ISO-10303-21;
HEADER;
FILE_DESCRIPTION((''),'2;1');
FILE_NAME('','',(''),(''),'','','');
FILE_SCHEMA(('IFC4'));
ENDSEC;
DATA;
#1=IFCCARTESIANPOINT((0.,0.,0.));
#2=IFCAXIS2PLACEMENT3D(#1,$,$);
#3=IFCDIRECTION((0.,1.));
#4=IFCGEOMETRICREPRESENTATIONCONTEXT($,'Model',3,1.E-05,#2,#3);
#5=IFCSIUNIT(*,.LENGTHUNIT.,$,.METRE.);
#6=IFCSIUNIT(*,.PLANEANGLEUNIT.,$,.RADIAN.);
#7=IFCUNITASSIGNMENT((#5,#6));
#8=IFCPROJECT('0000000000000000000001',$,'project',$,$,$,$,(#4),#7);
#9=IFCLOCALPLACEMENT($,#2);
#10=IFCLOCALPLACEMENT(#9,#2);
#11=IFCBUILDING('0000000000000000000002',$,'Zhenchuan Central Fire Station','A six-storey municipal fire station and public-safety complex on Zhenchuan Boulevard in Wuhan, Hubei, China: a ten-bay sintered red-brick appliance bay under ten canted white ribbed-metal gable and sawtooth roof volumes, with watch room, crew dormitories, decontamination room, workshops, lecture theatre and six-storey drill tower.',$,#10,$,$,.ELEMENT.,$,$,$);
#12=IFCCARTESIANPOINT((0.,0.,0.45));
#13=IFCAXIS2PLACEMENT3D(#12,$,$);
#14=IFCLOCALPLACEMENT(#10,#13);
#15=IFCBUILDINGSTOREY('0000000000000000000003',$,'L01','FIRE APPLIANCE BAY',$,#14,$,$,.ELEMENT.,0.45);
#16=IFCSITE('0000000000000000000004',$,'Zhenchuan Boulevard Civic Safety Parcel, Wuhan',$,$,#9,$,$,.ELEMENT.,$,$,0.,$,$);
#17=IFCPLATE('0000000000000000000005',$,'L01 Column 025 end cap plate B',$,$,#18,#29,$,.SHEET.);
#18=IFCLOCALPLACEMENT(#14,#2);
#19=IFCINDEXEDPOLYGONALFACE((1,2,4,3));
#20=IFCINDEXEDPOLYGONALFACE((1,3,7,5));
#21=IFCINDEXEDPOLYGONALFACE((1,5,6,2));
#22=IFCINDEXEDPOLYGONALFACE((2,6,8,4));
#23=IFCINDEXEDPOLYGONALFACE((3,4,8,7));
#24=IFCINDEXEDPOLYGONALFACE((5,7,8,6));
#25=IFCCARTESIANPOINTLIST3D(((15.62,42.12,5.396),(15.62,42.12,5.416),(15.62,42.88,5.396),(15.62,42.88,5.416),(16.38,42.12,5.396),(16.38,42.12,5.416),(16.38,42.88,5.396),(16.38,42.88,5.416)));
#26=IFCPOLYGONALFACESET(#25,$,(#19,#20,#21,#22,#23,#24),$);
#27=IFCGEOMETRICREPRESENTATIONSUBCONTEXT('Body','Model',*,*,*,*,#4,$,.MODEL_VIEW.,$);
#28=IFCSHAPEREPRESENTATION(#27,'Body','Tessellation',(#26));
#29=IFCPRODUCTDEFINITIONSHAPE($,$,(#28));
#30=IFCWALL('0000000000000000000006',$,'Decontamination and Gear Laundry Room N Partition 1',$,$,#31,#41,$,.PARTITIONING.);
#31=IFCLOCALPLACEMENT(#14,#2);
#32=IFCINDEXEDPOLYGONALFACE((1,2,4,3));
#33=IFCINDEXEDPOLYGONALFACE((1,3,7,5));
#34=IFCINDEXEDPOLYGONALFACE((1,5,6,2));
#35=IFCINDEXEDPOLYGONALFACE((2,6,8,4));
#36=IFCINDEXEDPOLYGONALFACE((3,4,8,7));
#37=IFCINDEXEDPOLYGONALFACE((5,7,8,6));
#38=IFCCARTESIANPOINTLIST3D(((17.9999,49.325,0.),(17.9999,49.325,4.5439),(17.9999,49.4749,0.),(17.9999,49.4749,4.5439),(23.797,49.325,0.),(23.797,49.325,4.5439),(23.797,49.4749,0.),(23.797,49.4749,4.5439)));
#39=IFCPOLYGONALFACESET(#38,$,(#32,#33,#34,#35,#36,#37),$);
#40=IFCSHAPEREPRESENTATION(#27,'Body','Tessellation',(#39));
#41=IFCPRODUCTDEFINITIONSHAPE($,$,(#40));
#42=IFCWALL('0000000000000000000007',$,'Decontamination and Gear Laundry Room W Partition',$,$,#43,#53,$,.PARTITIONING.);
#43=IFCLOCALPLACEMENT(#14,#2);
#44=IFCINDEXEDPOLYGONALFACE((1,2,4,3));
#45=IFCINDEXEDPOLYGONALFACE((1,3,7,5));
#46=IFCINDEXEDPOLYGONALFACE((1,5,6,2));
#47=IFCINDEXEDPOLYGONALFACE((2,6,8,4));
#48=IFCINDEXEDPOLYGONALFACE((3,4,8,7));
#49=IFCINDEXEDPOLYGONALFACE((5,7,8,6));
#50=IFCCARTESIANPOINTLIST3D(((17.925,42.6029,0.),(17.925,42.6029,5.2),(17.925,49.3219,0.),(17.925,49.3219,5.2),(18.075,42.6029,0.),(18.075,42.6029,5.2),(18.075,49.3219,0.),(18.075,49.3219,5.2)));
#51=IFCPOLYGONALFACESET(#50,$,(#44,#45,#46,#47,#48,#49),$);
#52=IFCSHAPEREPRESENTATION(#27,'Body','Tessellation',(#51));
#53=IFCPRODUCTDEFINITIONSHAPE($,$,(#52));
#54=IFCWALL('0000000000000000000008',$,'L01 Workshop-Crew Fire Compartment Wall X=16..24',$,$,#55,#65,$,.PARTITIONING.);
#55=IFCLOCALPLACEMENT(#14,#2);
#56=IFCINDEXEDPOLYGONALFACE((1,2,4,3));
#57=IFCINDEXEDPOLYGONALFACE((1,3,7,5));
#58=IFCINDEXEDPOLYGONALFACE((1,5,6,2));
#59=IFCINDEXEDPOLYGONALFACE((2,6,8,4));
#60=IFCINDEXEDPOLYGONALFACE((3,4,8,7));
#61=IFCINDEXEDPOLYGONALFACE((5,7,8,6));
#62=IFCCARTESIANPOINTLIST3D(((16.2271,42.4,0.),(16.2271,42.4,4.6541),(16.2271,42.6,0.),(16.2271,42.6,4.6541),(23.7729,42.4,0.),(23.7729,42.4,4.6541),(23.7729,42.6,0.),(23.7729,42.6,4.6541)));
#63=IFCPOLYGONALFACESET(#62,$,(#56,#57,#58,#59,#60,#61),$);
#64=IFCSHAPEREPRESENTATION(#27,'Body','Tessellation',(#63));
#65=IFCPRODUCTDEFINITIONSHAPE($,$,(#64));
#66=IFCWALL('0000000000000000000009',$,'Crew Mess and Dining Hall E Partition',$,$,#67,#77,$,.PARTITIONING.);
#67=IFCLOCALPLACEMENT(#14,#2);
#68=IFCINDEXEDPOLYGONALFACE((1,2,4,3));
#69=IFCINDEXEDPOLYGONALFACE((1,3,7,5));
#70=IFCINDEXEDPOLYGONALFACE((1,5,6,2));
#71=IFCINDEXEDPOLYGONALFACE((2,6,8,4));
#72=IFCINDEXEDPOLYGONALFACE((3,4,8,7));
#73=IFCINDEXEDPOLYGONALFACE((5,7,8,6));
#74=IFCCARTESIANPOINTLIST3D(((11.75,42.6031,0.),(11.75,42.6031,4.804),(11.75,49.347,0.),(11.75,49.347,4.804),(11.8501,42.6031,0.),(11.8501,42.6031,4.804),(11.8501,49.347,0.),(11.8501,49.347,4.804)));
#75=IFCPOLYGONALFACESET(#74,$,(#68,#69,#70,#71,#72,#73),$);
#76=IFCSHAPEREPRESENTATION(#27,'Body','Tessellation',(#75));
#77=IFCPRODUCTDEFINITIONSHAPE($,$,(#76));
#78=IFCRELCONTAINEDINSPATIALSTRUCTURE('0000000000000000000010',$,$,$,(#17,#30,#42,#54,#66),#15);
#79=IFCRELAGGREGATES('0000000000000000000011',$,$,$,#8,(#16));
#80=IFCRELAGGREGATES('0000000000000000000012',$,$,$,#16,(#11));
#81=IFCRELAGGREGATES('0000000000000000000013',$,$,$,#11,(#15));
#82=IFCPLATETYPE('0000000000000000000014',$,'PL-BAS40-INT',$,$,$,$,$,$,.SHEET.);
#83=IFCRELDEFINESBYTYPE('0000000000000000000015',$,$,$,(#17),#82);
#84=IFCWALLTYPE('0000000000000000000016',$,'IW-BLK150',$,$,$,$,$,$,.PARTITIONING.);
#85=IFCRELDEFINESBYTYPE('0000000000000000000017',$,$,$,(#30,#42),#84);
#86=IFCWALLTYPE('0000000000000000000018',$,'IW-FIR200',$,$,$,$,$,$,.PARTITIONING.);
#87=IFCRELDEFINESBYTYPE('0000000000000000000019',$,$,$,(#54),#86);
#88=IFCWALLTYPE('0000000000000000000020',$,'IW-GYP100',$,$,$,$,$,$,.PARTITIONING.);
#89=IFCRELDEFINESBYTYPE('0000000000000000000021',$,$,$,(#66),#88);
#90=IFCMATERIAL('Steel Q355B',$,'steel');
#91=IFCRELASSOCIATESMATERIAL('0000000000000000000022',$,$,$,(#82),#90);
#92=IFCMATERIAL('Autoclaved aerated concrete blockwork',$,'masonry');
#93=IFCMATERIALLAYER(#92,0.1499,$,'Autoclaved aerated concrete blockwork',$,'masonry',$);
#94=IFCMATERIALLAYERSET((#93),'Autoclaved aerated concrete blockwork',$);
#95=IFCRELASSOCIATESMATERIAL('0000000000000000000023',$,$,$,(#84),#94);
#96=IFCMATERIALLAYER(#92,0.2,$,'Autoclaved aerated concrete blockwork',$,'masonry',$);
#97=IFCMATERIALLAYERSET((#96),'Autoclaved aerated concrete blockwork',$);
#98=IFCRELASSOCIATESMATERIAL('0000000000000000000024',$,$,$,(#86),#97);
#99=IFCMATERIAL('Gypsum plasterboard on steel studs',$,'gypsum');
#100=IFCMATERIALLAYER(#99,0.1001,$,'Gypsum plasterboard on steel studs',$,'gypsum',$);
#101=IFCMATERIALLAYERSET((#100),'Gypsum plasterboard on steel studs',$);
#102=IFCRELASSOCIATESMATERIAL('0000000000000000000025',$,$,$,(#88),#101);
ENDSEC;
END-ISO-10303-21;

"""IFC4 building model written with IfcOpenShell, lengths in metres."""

from ifc_helpers import new_model, si_unit, direction, frame, frame_2d, origin, origin_2d, place, context, subcontext, project, spatial, rectangle, extrude, material, layer, layer_set, material_profile, profile_set, type_object, element, save


model = new_model("IFC4")

# Units and contexts
model_context = context("Model", 3, precision=1e-05, world=origin(), true_north=direction((0.0, 1.0)))
body_context = subcontext(model_context, "Body", "Model", "MODEL_VIEW")
ifc_project = project(units=[si_unit("LENGTHUNIT", "METRE"), si_unit("PLANEANGLEUNIT", "RADIAN")], contexts=[model_context])

# Site, building, storey
site_placement = place(None, origin())
site = spatial("IfcSite", under=ifc_project, at=site_placement, Name="Zhenchuan Boulevard Civic Safety Parcel, Wuhan", CompositionType="ELEMENT", RefElevation=0.0)
building_placement = place(site_placement, origin())
building = spatial("IfcBuilding", under=site, at=building_placement, Name="Zhenchuan Central Fire Station", Description="A six-storey municipal fire station and public-safety complex on Zhenchuan Boulevard in Wuhan, Hubei, China: a ten-bay sintered red-brick appliance bay under ten canted white ribbed-metal gable and sawtooth roof volumes, with watch room, crew dormitories, decontamination room, workshops, lecture theatre and six-storey drill tower.", CompositionType="ELEMENT")
storey_placement = place(building_placement, frame((0.0, 0.0, 0.45)))
storey = spatial("IfcBuildingStorey", under=building, at=storey_placement, Name="L01", Description="FIRE APPLIANCE BAY", CompositionType="ELEMENT", Elevation=0.45)

# Shared definitions
ifc_material_1 = material(Name="Steel Q355B", Category="steel")

# Plate
ifc_material_profile_1 = material_profile(ifc_material_1, rectangle(XDim=0.76, YDim=0.76, at=origin_2d()), Name="PL 760x760x40")
ifc_profile_set_1 = profile_set([ifc_material_profile_1], Name="Steel Q355B")
plate_type = type_object("IfcPlateType", Name="PL-BAS40-INT", PredefinedType="SHEET", material=ifc_profile_set_1)
plate_placement = place(storey_placement, frame((16.0, 42.5, 5.396), z_axis=(0.0, 0.0, 1.0), x_axis=(1.0, 0.0, 0.0)))
element("IfcPlate", 1, at=plate_placement, inside=storey, type_object=plate_type, Name="L01 Column 025 end cap plate B", PredefinedType="SHEET", context=body_context, shape_type="SweptSolid", body=[
    extrude(rectangle(XDim=0.76, YDim=0.76, at=origin_2d()), origin(), (0.0, 0.0, 1.0), 0.02),
])

# Walls
ifc_material_2 = material(Name="Autoclaved aerated concrete blockwork", Category="masonry")
ifc_layer_1 = layer(ifc_material_2, 0.1499, Name="Autoclaved aerated concrete blockwork", Category="masonry")
ifc_layer_set_1 = layer_set([ifc_layer_1], Name="Autoclaved aerated concrete blockwork")
wall_type_1 = type_object("IfcWallType", Name="IW-BLK150", PredefinedType="PARTITIONING", material=ifc_layer_set_1)
wall_1_placement = place(storey_placement, frame((18.0, 49.3999, 0.0), z_axis=(0.0, 0.0, 1.0), x_axis=(1.0, 0.0, 0.0)))
element("IfcWall", 2, at=wall_1_placement, inside=storey, type_object=wall_type_1, Name="Decontamination and Gear Laundry Room N Partition 1", PredefinedType="PARTITIONING", context=body_context, shape_type="SweptSolid", body=[
    extrude(rectangle(XDim=5.7971, YDim=0.1499, at=frame_2d((2.8984, 0.0))), origin(), (0.0, 0.0, 1.0), 4.5439),
])
wall_2_placement = place(storey_placement, frame((18.0, 42.603, 0.0), z_axis=(0.0, 0.0, 1.0), x_axis=(0.0, 1.0, 0.0)))
element("IfcWall", 3, at=wall_2_placement, inside=storey, type_object=wall_type_1, Name="Decontamination and Gear Laundry Room W Partition", PredefinedType="PARTITIONING", context=body_context, shape_type="SweptSolid", body=[
    extrude(rectangle(XDim=6.719, YDim=0.1499, at=frame_2d((3.3594, 0.0))), origin(), (0.0, 0.0, 1.0), 5.2),
])
ifc_layer_2 = layer(ifc_material_2, 0.2, Name="Autoclaved aerated concrete blockwork", Category="masonry")
ifc_layer_set_2 = layer_set([ifc_layer_2], Name="Autoclaved aerated concrete blockwork")
wall_type_2 = type_object("IfcWallType", Name="IW-FIR200", PredefinedType="PARTITIONING", material=ifc_layer_set_2)
wall_3_placement = place(storey_placement, frame((16.2271, 42.5, 0.0), z_axis=(0.0, 0.0, 1.0), x_axis=(1.0, 0.0, 0.0)))
element("IfcWall", 4, at=wall_3_placement, inside=storey, type_object=wall_type_2, Name="L01 Workshop-Crew Fire Compartment Wall X=16..24", PredefinedType="PARTITIONING", context=body_context, shape_type="SweptSolid", body=[
    extrude(rectangle(XDim=7.5459, YDim=0.2, at=frame_2d((3.7729, 0.0))), origin(), (0.0, 0.0, 1.0), 4.6541),
])
ifc_material_3 = material(Name="Gypsum plasterboard on steel studs", Category="gypsum")
ifc_layer_3 = layer(ifc_material_3, 0.1001, Name="Gypsum plasterboard on steel studs", Category="gypsum")
ifc_layer_set_3 = layer_set([ifc_layer_3], Name="Gypsum plasterboard on steel studs")
wall_type_3 = type_object("IfcWallType", Name="IW-GYP100", PredefinedType="PARTITIONING", material=ifc_layer_set_3)
wall_4_placement = place(storey_placement, frame((11.8, 42.603, 0.0), z_axis=(0.0, 0.0, 1.0), x_axis=(0.0, 1.0, 0.0)))
element("IfcWall", 5, at=wall_4_placement, inside=storey, type_object=wall_type_3, Name="Crew Mess and Dining Hall E Partition", PredefinedType="PARTITIONING", context=body_context, shape_type="SweptSolid", body=[
    extrude(rectangle(XDim=6.7439, YDim=0.1001, at=frame_2d((3.3721, 0.0))), origin(), (0.0, 0.0, 1.0), 4.804),
])

save(model, "model.ifc")
